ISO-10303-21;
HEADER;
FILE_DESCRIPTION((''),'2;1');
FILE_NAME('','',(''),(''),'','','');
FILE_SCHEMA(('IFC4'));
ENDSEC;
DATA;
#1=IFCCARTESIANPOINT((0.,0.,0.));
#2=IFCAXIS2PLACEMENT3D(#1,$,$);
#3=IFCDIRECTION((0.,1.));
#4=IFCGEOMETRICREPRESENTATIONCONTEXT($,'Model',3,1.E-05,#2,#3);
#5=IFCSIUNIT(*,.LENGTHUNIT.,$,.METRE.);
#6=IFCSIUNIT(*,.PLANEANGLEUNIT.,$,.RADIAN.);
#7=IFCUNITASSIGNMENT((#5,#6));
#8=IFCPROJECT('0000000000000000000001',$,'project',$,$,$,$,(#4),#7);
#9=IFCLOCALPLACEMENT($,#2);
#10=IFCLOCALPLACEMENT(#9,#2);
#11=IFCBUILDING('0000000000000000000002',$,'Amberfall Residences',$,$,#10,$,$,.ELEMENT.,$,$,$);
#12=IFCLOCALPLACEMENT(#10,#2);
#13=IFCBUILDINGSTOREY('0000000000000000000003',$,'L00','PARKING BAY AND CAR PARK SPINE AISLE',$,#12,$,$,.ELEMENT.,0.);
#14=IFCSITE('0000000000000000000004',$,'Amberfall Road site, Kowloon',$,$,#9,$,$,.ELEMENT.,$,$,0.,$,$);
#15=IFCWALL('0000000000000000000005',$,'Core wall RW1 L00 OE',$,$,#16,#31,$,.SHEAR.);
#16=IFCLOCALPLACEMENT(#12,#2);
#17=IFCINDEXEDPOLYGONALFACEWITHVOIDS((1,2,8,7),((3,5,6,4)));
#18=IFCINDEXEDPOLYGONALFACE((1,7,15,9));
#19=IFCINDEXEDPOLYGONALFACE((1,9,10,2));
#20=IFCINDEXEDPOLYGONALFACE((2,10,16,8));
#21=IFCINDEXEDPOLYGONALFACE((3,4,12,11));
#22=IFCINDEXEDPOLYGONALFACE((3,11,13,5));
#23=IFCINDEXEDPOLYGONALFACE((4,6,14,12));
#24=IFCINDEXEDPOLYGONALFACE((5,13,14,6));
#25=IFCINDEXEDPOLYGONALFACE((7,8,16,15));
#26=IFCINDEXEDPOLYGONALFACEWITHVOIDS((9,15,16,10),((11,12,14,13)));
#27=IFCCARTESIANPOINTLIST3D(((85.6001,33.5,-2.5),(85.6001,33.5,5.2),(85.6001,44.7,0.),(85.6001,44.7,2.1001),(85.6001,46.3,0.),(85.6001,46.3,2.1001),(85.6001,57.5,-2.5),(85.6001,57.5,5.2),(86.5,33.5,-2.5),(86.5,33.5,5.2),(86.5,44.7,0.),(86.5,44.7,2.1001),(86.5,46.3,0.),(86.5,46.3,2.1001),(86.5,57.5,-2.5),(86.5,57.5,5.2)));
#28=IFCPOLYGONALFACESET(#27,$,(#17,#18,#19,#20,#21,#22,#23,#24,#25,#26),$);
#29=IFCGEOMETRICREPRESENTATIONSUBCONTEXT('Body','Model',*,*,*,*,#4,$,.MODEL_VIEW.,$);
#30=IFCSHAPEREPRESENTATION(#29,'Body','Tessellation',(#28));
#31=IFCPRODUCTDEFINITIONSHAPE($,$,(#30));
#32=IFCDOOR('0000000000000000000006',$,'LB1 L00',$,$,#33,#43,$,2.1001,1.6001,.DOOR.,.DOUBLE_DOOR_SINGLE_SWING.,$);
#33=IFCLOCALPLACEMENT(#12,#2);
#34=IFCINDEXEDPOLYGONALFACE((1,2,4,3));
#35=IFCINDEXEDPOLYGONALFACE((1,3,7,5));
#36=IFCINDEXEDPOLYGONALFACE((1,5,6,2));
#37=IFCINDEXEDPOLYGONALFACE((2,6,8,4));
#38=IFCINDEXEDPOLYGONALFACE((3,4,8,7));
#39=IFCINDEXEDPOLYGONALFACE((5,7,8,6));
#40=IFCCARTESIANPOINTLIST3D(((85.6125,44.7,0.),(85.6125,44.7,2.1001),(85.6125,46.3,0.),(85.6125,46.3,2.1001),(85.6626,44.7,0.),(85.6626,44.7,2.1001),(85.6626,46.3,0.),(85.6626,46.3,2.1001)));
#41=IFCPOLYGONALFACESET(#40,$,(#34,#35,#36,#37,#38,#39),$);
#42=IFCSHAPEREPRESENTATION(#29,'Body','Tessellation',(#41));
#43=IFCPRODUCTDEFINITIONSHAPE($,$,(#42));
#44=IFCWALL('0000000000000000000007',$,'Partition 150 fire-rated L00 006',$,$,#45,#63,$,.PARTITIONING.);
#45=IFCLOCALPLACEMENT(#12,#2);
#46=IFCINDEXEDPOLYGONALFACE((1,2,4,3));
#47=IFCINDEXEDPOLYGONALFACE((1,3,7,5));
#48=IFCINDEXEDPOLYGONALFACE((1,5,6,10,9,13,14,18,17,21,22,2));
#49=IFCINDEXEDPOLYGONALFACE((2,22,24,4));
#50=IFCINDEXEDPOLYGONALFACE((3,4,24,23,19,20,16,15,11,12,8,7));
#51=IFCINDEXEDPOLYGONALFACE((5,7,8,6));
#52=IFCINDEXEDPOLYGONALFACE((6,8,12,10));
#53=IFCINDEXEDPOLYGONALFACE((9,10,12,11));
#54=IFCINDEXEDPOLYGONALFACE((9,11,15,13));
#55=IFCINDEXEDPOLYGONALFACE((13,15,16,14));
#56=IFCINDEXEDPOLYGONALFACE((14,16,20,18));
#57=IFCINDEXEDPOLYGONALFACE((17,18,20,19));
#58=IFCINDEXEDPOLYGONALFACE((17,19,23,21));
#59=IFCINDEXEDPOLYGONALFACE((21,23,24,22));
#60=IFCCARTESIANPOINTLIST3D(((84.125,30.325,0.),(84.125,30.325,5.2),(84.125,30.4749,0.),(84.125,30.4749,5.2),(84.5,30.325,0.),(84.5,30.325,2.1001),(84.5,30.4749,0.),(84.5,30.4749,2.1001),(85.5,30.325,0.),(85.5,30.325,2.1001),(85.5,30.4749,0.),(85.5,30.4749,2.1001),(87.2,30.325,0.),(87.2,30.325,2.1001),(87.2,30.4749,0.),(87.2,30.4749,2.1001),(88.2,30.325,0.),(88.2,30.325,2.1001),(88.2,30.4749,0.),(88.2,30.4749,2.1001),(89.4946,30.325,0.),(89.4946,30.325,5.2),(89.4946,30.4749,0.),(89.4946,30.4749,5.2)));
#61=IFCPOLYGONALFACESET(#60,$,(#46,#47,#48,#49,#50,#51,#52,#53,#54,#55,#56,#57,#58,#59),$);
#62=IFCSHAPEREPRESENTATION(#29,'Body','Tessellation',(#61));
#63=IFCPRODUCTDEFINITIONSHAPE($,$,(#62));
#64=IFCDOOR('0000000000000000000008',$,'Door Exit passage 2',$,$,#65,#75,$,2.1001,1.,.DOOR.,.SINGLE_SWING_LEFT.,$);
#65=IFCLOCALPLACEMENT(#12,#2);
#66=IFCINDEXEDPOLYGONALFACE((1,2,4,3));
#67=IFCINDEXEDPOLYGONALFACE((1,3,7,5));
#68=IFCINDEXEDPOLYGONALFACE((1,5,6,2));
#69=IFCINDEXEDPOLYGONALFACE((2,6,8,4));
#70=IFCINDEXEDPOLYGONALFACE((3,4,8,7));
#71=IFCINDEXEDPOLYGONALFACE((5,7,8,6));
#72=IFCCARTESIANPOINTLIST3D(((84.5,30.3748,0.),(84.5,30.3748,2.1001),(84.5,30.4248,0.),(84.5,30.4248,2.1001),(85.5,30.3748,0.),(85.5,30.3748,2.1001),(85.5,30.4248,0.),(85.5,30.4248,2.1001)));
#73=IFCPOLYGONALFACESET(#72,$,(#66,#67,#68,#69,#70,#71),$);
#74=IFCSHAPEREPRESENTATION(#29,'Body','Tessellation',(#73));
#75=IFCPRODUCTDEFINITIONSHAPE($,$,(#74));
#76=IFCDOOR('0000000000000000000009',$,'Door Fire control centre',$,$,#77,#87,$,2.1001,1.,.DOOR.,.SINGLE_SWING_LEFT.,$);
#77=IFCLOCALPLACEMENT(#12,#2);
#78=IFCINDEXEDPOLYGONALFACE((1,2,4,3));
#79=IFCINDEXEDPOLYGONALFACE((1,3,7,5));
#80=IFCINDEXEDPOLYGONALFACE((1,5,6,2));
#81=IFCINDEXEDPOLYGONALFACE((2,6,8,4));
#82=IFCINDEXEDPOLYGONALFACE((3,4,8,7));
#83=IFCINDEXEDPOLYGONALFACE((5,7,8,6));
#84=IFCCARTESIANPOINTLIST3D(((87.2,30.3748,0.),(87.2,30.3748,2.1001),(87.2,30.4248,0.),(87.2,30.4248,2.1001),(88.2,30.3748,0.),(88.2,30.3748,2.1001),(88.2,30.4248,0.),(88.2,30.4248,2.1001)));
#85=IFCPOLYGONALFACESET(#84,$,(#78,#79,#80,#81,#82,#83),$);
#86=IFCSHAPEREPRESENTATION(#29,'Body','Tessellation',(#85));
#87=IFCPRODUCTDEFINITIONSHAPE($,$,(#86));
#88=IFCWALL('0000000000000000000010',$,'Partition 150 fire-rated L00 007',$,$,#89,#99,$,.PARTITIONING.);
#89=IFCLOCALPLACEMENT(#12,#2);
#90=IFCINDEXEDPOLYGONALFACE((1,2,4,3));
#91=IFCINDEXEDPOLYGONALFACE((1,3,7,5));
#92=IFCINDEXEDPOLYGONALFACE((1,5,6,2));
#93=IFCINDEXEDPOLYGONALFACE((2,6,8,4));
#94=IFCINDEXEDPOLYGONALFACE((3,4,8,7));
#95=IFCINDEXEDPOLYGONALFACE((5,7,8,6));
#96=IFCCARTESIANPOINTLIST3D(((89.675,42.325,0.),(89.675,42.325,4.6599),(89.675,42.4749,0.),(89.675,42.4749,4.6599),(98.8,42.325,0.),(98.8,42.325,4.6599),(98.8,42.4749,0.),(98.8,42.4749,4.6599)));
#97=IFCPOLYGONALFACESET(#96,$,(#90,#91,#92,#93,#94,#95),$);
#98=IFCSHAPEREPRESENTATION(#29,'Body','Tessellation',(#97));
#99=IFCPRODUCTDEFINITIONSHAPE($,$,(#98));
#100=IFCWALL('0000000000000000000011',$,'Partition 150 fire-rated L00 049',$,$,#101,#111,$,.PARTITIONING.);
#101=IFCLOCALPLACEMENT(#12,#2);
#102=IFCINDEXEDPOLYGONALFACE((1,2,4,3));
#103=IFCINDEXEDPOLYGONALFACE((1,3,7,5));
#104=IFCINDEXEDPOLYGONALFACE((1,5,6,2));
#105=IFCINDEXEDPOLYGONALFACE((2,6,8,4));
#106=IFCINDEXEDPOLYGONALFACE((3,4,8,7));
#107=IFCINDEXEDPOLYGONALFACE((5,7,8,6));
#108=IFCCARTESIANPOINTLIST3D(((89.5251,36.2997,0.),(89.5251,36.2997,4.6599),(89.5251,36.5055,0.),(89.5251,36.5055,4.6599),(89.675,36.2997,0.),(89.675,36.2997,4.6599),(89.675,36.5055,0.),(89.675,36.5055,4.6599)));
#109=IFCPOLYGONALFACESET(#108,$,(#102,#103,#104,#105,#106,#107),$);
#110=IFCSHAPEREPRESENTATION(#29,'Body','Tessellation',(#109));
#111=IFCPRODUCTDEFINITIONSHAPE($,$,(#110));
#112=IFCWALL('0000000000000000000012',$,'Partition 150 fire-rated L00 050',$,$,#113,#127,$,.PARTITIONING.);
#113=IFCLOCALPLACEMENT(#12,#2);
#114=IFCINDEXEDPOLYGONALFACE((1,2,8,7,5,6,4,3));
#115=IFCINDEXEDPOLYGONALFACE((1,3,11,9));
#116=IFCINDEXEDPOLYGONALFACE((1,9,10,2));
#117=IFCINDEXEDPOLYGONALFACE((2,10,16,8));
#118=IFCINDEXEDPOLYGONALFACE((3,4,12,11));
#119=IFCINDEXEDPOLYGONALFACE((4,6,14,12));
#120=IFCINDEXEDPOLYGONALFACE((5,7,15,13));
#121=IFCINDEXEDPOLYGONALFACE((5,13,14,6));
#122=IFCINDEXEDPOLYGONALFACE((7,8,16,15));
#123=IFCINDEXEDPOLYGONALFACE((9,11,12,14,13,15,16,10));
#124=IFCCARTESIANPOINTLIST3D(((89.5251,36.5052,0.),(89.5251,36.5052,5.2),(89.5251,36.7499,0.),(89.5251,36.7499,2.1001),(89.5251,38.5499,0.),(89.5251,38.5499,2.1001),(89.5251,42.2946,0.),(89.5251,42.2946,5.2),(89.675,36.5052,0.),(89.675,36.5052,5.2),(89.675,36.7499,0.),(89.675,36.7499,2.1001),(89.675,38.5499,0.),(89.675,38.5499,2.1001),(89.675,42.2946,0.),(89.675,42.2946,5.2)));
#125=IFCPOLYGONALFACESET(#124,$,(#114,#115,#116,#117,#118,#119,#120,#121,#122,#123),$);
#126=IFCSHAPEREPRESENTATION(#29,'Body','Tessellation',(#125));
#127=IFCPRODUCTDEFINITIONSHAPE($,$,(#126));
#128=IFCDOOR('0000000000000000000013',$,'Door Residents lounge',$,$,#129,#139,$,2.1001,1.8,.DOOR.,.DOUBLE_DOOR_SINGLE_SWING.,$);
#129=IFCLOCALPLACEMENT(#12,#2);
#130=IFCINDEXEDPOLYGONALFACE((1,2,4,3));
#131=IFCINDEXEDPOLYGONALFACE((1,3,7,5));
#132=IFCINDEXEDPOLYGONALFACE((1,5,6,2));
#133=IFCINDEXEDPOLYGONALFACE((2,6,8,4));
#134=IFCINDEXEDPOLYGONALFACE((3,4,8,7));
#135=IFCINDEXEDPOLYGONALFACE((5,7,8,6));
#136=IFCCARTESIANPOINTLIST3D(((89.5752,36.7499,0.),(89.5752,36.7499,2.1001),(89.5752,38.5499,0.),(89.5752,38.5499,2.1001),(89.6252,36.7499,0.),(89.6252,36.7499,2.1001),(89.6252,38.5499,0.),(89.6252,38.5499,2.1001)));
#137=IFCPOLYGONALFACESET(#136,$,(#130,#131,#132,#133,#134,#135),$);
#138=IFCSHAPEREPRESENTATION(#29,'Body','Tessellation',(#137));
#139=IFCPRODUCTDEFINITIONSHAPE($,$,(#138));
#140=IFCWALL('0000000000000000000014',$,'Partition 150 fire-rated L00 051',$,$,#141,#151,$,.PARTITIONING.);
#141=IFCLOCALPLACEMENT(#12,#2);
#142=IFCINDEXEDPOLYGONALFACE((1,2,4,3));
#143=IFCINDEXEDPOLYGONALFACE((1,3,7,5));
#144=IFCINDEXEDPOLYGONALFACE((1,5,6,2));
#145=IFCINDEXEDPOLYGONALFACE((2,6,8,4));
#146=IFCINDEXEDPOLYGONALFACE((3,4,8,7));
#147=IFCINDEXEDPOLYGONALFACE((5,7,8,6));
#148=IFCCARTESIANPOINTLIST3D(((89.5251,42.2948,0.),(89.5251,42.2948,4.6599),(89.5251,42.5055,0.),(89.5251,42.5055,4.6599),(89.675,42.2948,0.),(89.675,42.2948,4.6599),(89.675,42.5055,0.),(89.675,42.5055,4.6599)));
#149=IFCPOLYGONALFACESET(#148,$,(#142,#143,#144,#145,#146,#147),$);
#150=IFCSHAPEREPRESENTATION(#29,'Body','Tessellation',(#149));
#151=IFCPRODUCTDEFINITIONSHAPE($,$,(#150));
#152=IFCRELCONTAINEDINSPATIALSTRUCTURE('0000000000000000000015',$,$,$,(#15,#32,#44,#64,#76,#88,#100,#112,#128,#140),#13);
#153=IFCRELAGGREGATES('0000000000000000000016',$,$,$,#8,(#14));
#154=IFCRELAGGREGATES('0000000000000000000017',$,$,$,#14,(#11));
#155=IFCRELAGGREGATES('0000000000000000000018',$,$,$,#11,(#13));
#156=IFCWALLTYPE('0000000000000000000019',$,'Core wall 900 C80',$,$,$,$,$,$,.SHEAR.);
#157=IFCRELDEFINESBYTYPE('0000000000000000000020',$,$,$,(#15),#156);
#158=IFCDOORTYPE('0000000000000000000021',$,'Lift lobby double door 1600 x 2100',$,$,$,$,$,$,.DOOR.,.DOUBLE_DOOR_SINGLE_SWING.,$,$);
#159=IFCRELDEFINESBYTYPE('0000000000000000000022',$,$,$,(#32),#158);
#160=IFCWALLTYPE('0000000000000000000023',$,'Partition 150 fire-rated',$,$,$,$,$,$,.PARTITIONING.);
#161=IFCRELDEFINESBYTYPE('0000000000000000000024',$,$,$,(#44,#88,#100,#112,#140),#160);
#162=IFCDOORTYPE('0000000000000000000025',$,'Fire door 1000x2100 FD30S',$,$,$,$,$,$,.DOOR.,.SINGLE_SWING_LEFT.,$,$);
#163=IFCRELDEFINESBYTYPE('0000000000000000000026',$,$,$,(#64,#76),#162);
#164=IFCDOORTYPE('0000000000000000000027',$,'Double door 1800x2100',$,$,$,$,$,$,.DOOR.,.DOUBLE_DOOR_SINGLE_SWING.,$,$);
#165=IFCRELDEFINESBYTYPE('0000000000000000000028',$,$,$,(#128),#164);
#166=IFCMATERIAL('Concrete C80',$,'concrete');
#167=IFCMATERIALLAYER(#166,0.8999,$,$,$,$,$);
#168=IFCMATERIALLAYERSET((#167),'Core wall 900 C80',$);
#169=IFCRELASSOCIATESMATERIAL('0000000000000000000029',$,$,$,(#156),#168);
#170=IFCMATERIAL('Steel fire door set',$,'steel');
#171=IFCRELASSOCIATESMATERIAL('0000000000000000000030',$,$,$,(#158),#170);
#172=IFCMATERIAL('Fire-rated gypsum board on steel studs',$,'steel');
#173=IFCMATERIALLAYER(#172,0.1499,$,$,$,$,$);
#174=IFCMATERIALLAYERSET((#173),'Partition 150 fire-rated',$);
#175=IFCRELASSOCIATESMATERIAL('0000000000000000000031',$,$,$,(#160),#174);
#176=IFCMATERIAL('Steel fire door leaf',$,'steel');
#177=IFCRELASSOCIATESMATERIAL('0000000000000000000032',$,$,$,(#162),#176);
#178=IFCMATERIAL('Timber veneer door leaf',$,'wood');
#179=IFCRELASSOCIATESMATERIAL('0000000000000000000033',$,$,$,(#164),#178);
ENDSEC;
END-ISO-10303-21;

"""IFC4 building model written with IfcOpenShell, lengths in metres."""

from ifc_helpers import new_model, si_unit, direction, frame, frame_2d, origin, place, context, subcontext, project, spatial, rectangle, extrude, material, layer, layer_set, type_object, element, fill, save


model = new_model("IFC4")

# Units and contexts
model_context = context("Model", 3, precision=1e-05, world=origin(), true_north=direction((0.0, 1.0)))
body_context = subcontext(model_context, "Body", "Model", "MODEL_VIEW")
ifc_project = project(units=[si_unit("LENGTHUNIT", "METRE"), si_unit("PLANEANGLEUNIT", "RADIAN")], contexts=[model_context])

# Site, building, storey
site_placement = place(None, origin())
site = spatial("IfcSite", under=ifc_project, at=site_placement, Name="Amberfall Road site, Kowloon", CompositionType="ELEMENT", RefElevation=0.0)
building_placement = place(site_placement, origin())
building = spatial("IfcBuilding", under=site, at=building_placement, Name="Amberfall Residences", CompositionType="ELEMENT")
storey_placement = place(building_placement, origin())
storey = spatial("IfcBuildingStorey", under=building, at=storey_placement, Name="L00", Description="PARKING BAY AND CAR PARK SPINE AISLE", CompositionType="ELEMENT", Elevation=0.0)

# Shared definitions
ifc_material_1 = material(Name="Concrete C80", Category="concrete")

# Wall, opening, door
ifc_layer_1 = layer(ifc_material_1, 0.8999)
ifc_layer_set_1 = layer_set([ifc_layer_1], Name="Core wall 900 C80")
wall_type_1 = type_object("IfcWallType", Name="Core wall 900 C80", PredefinedType="SHEAR", material=ifc_layer_set_1)
wall_1_placement = place(storey_placement, frame((86.05, 33.5, -2.5), z_axis=(0.0, 0.0, 1.0), x_axis=(0.0, 1.0, 0.0)))
wall_1 = element("IfcWall", 1, at=wall_1_placement, inside=storey, type_object=wall_type_1, Name="Core wall RW1 L00 OE", PredefinedType="SHEAR", context=body_context, shape_type="SweptSolid", body=[
    extrude(rectangle(XDim=24.0, YDim=0.8999, at=frame_2d((12.0, 0.0))), origin(), (0.0, 0.0, 1.0), 7.7),
])
opening_1_placement = place(wall_1_placement, frame((11.2, 0.0, 2.5)))
opening_1 = element("IfcOpeningElement", 2, at=opening_1_placement, cuts=wall_1, PredefinedType="OPENING", context=body_context, shape_type="SweptSolid", body=[
    extrude(rectangle(XDim=1.6001, YDim=2.1001, at=frame_2d((0.8, 1.05))), frame((0.0, 0.46, 0.0), z_axis=(0.0, -1.0, 0.0), x_axis=(1.0, 0.0, 0.0)), (0.0, 0.0, 1.0), 0.9199),
])
ifc_material_2 = material(Name="Steel fire door set", Category="steel")
door_type_1 = type_object("IfcDoorType", Name="Lift lobby double door 1600 x 2100", OperationType="DOUBLE_DOOR_SINGLE_SWING", PredefinedType="DOOR", material=ifc_material_2)
door_1_placement = place(opening_1_placement, origin())
door_1 = element("IfcDoor", 3, at=door_1_placement, inside=storey, type_object=door_type_1, Name="LB1 L00", OperationType="DOUBLE_DOOR_SINGLE_SWING", OverallHeight=2.1001, OverallWidth=1.6001, PredefinedType="DOOR", context=body_context, shape_type="SweptSolid", body=[
    extrude(rectangle(XDim=1.6001, YDim=2.1001, at=frame_2d((0.8, 1.05))), frame((0.0, 0.4375, 0.0), z_axis=(0.0, -1.0, 0.0), x_axis=(1.0, 0.0, 0.0)), (0.0, 0.0, 1.0), 0.05),
])
fill(opening_1, door_1)

# Wall, openings, doors
ifc_material_3 = material(Name="Fire-rated gypsum board on steel studs", Category="steel")
ifc_layer_2 = layer(ifc_material_3, 0.1499)
ifc_layer_set_2 = layer_set([ifc_layer_2], Name="Partition 150 fire-rated")
wall_type_2 = type_object("IfcWallType", Name="Partition 150 fire-rated", PredefinedType="PARTITIONING", material=ifc_layer_set_2)
wall_2_placement = place(storey_placement, frame((84.125, 30.3999, 0.0), z_axis=(0.0, 0.0, 1.0), x_axis=(1.0, 0.0, 0.0)))
wall_2 = element("IfcWall", 4, at=wall_2_placement, inside=storey, type_object=wall_type_2, Name="Partition 150 fire-rated L00 006", PredefinedType="PARTITIONING", context=body_context, shape_type="SweptSolid", body=[
    extrude(rectangle(XDim=5.3696, YDim=0.1499, at=frame_2d((2.6848, 0.0))), origin(), (0.0, 0.0, 1.0), 5.2),
])
opening_2_placement = place(wall_2_placement, frame((0.375, 0.0, 0.0)))
opening_2 = element("IfcOpeningElement", 5, at=opening_2_placement, cuts=wall_2, PredefinedType="OPENING", context=body_context, shape_type="SweptSolid", body=[
    extrude(rectangle(XDim=1.0, YDim=2.1001, at=frame_2d((0.5, 1.05))), frame((0.0, 0.085, 0.0), z_axis=(0.0, -1.0, 0.0), x_axis=(1.0, 0.0, 0.0)), (0.0, 0.0, 1.0), 0.1699),
])
opening_3_placement = place(wall_2_placement, frame((3.075, 0.0, 0.0)))
opening_3 = element("IfcOpeningElement", 6, at=opening_3_placement, cuts=wall_2, PredefinedType="OPENING", context=body_context, shape_type="SweptSolid", body=[
    extrude(rectangle(XDim=1.0, YDim=2.1001, at=frame_2d((0.5, 1.05))), frame((0.0, 0.085, 0.0), z_axis=(0.0, -1.0, 0.0), x_axis=(1.0, 0.0, 0.0)), (0.0, 0.0, 1.0), 0.1699),
])
ifc_material_4 = material(Name="Steel fire door leaf", Category="steel")
door_type_2 = type_object("IfcDoorType", Name="Fire door 1000x2100 FD30S", OperationType="SINGLE_SWING_LEFT", PredefinedType="DOOR", material=ifc_material_4)
door_2_placement = place(opening_2_placement, origin())
door_2 = element("IfcDoor", 7, at=door_2_placement, inside=storey, type_object=door_type_2, Name="Door Exit passage 2", OperationType="SINGLE_SWING_LEFT", OverallHeight=2.1001, OverallWidth=1.0, PredefinedType="DOOR", context=body_context, shape_type="SweptSolid", body=[
    extrude(rectangle(XDim=1.0, YDim=2.1001, at=frame_2d((0.5, 1.05))), frame((0.0, 0.0249, 0.0), z_axis=(0.0, -1.0, 0.0), x_axis=(1.0, 0.0, 0.0)), (0.0, 0.0, 1.0), 0.05),
])
fill(opening_2, door_2)
door_3_placement = place(opening_3_placement, origin())
door_3 = element("IfcDoor", 8, at=door_3_placement, inside=storey, type_object=door_type_2, Name="Door Fire control centre", OperationType="SINGLE_SWING_LEFT", OverallHeight=2.1001, OverallWidth=1.0, PredefinedType="DOOR", context=body_context, shape_type="SweptSolid", body=[
    extrude(rectangle(XDim=1.0, YDim=2.1001, at=frame_2d((0.5, 1.05))), frame((0.0, 0.0249, 0.0), z_axis=(0.0, -1.0, 0.0), x_axis=(1.0, 0.0, 0.0)), (0.0, 0.0, 1.0), 0.05),
])
fill(opening_3, door_3)

# Walls
wall_3_placement = place(storey_placement, frame((89.675, 42.3999, 0.0), z_axis=(0.0, 0.0, 1.0), x_axis=(1.0, 0.0, 0.0)))
element("IfcWall", 9, at=wall_3_placement, inside=storey, type_object=wall_type_2, Name="Partition 150 fire-rated L00 007", PredefinedType="PARTITIONING", context=body_context, shape_type="SweptSolid", body=[
    extrude(rectangle(XDim=9.125, YDim=0.1499, at=frame_2d((4.5625, 0.0))), origin(), (0.0, 0.0, 1.0), 4.6599),
])
wall_4_placement = place(storey_placement, frame((89.6001, 36.2996, 0.0), z_axis=(0.0, 0.0, 1.0), x_axis=(0.0, 1.0, 0.0)))
element("IfcWall", 10, at=wall_4_placement, inside=storey, type_object=wall_type_2, Name="Partition 150 fire-rated L00 049", PredefinedType="PARTITIONING", context=body_context, shape_type="SweptSolid", body=[
    extrude(rectangle(XDim=0.2058, YDim=0.1499, at=frame_2d((0.103, 0.0))), origin(), (0.0, 0.0, 1.0), 4.6599),
])

# Wall, opening, door
wall_5_placement = place(storey_placement, frame((89.6001, 36.5054, 0.0), z_axis=(0.0, 0.0, 1.0), x_axis=(0.0, 1.0, 0.0)))
wall_5 = element("IfcWall", 11, at=wall_5_placement, inside=storey, type_object=wall_type_2, Name="Partition 150 fire-rated L00 050", PredefinedType="PARTITIONING", context=body_context, shape_type="SweptSolid", body=[
    extrude(rectangle(XDim=5.7893, YDim=0.1499, at=frame_2d((2.8945, 0.0))), origin(), (0.0, 0.0, 1.0), 5.2),
])
opening_4_placement = place(wall_5_placement, frame((0.2446, 0.0, 0.0)))
opening_4 = element("IfcOpeningElement", 12, at=opening_4_placement, cuts=wall_5, PredefinedType="OPENING", context=body_context, shape_type="SweptSolid", body=[
    extrude(rectangle(XDim=1.8, YDim=2.1001, at=frame_2d((0.8999, 1.05))), frame((0.0, 0.085, 0.0), z_axis=(0.0, -1.0, 0.0), x_axis=(1.0, 0.0, 0.0)), (0.0, 0.0, 1.0), 0.1699),
])
ifc_material_5 = material(Name="Timber veneer door leaf", Category="wood")
door_type_3 = type_object("IfcDoorType", Name="Double door 1800x2100", OperationType="DOUBLE_DOOR_SINGLE_SWING", PredefinedType="DOOR", material=ifc_material_5)
door_4_placement = place(opening_4_placement, origin())
door_4 = element("IfcDoor", 13, at=door_4_placement, inside=storey, type_object=door_type_3, Name="Door Residents lounge", OperationType="DOUBLE_DOOR_SINGLE_SWING", OverallHeight=2.1001, OverallWidth=1.8, PredefinedType="DOOR", context=body_context, shape_type="SweptSolid", body=[
    extrude(rectangle(XDim=1.8, YDim=2.1001, at=frame_2d((0.8999, 1.05))), frame((0.0, 0.0249, 0.0), z_axis=(0.0, -1.0, 0.0), x_axis=(1.0, 0.0, 0.0)), (0.0, 0.0, 1.0), 0.05),
])
fill(opening_4, door_4)

# Wall
wall_6_placement = place(storey_placement, frame((89.6001, 42.2947, 0.0), z_axis=(0.0, 0.0, 1.0), x_axis=(0.0, 1.0, 0.0)))
element("IfcWall", 14, at=wall_6_placement, inside=storey, type_object=wall_type_2, Name="Partition 150 fire-rated L00 051", PredefinedType="PARTITIONING", context=body_context, shape_type="SweptSolid", body=[
    extrude(rectangle(XDim=0.2107, YDim=0.1499, at=frame_2d((0.1055, 0.0))), origin(), (0.0, 0.0, 1.0), 4.6599),
])

save(model, "model.ifc")
